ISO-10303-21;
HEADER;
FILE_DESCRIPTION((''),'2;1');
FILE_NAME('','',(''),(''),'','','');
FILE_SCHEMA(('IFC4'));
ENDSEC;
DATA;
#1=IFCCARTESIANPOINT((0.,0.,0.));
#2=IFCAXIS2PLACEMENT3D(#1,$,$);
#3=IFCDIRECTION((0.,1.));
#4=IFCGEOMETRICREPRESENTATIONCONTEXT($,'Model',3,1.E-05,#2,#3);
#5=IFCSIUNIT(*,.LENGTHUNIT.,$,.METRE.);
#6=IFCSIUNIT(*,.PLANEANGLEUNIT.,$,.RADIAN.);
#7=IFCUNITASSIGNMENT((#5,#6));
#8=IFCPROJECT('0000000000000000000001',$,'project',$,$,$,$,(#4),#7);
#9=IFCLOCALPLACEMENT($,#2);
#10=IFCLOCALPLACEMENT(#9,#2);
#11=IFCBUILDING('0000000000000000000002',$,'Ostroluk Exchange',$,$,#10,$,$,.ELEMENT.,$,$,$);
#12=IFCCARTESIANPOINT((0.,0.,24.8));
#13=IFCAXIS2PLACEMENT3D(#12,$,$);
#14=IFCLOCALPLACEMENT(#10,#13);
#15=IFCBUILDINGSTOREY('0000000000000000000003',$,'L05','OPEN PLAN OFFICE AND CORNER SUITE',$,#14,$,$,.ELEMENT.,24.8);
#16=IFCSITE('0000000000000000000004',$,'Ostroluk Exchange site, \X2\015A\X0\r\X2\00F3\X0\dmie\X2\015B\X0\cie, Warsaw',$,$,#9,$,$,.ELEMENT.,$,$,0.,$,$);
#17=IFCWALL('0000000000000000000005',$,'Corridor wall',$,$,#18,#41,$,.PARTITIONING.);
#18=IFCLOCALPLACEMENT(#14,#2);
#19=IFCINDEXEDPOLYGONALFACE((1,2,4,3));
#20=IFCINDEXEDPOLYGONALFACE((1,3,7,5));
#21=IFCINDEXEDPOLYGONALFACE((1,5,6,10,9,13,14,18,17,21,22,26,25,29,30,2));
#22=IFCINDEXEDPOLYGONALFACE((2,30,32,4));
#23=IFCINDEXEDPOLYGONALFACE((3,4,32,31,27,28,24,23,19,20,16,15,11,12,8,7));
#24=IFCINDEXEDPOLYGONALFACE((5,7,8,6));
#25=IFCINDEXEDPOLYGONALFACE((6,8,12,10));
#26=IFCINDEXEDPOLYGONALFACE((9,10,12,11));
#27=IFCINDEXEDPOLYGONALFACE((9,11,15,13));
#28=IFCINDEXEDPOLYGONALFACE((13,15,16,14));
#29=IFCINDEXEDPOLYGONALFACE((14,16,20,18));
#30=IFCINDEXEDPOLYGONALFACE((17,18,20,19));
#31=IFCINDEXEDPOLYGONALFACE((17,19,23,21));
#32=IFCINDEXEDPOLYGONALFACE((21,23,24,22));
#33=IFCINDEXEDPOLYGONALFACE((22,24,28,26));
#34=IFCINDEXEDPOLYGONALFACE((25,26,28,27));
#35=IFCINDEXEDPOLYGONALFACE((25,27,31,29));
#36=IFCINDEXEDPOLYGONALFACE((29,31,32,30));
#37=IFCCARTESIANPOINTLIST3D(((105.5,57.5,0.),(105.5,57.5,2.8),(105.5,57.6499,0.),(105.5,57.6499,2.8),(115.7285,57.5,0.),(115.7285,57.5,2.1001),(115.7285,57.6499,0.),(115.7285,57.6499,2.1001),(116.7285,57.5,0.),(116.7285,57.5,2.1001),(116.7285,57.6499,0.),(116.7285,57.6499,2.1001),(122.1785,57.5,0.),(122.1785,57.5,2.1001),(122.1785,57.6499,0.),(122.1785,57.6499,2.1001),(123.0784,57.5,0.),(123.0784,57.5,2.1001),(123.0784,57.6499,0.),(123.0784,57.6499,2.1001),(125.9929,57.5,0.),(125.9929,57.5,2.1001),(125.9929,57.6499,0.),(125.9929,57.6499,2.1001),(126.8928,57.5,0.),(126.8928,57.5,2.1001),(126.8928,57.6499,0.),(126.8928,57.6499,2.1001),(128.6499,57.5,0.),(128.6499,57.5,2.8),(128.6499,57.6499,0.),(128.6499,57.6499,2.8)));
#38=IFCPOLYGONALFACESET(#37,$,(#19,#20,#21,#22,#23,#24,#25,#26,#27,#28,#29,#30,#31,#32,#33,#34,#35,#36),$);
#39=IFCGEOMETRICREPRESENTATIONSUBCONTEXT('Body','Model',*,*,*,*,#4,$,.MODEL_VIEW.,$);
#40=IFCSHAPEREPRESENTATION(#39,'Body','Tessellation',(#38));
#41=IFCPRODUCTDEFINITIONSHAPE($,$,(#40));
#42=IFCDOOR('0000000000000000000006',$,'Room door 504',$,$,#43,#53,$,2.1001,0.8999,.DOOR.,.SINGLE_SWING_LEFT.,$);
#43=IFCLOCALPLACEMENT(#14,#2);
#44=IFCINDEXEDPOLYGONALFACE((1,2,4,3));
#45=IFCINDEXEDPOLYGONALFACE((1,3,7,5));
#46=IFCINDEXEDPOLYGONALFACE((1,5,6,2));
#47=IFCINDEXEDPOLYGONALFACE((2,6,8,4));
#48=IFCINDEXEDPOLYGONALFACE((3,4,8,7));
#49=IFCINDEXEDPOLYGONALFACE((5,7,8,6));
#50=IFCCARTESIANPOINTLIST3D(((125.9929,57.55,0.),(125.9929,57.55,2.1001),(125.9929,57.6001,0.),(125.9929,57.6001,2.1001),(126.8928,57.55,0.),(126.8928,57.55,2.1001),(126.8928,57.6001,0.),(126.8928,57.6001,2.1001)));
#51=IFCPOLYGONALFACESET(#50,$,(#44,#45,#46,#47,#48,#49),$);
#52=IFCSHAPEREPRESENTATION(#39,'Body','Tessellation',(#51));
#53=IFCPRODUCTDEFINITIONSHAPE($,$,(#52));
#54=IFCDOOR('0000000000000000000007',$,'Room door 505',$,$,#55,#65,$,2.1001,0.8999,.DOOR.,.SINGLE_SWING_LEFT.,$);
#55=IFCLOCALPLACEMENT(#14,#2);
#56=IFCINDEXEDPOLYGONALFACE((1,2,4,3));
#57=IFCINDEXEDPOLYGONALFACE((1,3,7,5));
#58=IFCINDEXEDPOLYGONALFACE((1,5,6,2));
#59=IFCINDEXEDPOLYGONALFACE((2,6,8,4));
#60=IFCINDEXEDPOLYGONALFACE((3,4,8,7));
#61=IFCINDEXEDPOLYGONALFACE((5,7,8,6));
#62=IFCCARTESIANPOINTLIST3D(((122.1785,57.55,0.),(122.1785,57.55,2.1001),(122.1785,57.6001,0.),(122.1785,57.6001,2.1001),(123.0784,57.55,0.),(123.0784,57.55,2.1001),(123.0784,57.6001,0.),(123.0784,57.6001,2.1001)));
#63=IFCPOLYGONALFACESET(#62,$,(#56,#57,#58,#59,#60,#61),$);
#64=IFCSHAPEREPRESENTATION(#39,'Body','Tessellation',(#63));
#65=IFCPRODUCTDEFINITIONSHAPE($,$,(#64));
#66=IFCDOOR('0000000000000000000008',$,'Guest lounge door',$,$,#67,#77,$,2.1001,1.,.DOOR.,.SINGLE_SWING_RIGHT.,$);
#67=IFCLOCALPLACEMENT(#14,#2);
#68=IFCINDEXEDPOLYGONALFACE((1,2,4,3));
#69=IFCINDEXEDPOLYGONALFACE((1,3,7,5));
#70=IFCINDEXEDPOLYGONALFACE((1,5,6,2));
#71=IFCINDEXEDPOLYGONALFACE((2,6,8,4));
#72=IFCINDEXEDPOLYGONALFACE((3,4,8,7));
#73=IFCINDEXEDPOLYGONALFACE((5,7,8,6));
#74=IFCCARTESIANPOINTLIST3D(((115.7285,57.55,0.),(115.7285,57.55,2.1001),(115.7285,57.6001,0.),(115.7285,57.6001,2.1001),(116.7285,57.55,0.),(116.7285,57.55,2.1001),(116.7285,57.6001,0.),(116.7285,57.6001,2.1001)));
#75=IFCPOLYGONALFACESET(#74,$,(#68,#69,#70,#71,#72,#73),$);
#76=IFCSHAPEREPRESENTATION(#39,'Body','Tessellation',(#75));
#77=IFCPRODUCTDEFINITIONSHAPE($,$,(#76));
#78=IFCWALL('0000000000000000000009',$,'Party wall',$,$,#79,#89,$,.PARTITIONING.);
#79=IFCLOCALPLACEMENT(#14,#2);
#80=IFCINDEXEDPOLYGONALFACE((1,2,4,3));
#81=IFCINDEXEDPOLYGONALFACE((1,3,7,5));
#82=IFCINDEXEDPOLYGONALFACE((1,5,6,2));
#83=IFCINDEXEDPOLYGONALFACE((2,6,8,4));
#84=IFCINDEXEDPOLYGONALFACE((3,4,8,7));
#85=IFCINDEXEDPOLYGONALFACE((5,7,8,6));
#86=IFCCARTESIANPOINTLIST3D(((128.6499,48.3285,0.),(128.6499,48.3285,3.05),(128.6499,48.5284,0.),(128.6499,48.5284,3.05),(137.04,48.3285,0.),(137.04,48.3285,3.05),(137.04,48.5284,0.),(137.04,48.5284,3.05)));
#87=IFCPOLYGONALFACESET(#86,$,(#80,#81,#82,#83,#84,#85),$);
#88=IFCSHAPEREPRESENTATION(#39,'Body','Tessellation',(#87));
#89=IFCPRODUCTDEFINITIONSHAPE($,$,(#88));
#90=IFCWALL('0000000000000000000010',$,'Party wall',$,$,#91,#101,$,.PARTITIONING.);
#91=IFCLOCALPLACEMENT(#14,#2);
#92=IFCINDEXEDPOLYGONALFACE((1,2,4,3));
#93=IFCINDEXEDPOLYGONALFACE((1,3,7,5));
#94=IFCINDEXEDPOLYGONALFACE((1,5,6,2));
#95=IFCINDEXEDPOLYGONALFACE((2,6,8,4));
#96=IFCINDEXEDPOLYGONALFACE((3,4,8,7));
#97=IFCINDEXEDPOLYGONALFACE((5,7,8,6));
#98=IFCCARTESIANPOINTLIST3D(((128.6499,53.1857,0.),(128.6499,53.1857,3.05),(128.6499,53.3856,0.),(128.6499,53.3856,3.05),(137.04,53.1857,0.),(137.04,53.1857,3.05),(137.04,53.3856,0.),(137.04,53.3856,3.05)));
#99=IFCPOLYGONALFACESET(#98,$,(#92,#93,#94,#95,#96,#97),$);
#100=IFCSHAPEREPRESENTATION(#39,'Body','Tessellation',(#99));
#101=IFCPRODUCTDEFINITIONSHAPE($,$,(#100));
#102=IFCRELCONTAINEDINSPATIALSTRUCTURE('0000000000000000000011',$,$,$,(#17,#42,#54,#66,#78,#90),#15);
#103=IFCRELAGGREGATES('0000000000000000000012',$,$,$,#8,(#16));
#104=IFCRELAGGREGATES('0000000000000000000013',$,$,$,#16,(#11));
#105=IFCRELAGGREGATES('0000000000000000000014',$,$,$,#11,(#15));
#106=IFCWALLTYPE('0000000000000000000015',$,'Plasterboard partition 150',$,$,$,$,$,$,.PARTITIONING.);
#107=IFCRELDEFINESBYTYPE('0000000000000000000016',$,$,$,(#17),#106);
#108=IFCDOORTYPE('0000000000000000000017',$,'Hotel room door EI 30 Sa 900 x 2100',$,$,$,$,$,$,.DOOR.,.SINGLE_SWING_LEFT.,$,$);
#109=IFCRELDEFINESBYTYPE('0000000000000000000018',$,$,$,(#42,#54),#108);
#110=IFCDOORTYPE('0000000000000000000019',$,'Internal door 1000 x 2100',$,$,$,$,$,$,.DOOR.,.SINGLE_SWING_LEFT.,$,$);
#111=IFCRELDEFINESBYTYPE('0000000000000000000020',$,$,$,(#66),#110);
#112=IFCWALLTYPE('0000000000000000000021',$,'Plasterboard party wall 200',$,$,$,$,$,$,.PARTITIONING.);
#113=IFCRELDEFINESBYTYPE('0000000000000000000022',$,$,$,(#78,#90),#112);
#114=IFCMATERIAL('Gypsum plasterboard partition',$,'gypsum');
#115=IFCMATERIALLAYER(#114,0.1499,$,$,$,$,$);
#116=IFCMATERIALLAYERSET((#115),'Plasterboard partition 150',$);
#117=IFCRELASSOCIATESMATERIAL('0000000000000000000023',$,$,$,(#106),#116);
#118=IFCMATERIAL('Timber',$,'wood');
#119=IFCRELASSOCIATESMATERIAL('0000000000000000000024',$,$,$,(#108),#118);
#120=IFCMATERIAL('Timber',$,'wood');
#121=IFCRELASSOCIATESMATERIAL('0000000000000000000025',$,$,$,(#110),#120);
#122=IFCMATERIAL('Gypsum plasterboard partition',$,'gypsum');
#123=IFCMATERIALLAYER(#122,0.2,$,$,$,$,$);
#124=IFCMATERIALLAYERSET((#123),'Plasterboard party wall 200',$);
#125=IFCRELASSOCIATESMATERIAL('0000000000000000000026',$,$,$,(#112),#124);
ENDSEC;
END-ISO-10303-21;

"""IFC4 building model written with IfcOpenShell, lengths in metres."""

from ifc_helpers import new_model, si_unit, direction, frame, frame_2d, origin, place, context, subcontext, project, spatial, rectangle, extrude, material, layer, layer_set, type_object, element, fill, save


model = new_model("IFC4")

# Units and contexts
model_context = context("Model", 3, precision=1e-05, world=origin(), true_north=direction((0.0, 1.0)))
body_context = subcontext(model_context, "Body", "Model", "MODEL_VIEW")
ifc_project = project(units=[si_unit("LENGTHUNIT", "METRE"), si_unit("PLANEANGLEUNIT", "RADIAN")], contexts=[model_context])

# Site, building, storey
site_placement = place(None, origin())
site = spatial("IfcSite", under=ifc_project, at=site_placement, Name="Ostroluk Exchange site, Śródmieście, Warsaw", CompositionType="ELEMENT", RefElevation=0.0)
building_placement = place(site_placement, origin())
building = spatial("IfcBuilding", under=site, at=building_placement, Name="Ostroluk Exchange", CompositionType="ELEMENT")
storey_placement = place(building_placement, frame((0.0, 0.0, 24.8)))
storey = spatial("IfcBuildingStorey", under=building, at=storey_placement, Name="L05", Description="OPEN PLAN OFFICE AND CORNER SUITE", CompositionType="ELEMENT", Elevation=24.8)

# Wall, openings, doors
ifc_material_1 = material(Name="Gypsum plasterboard partition", Category="gypsum")
ifc_layer_1 = layer(ifc_material_1, 0.1499)
ifc_layer_set_1 = layer_set([ifc_layer_1], Name="Plasterboard partition 150")
wall_type_1 = type_object("IfcWallType", Name="Plasterboard partition 150", PredefinedType="PARTITIONING", material=ifc_layer_set_1)
wall_1_placement = place(storey_placement, frame((128.6499, 57.575, 0.0), z_axis=(0.0, 0.0, 1.0), x_axis=(-1.0, 0.0, 0.0)))
wall_1 = element("IfcWall", 1, at=wall_1_placement, inside=storey, type_object=wall_type_1, Name="Corridor wall", PredefinedType="PARTITIONING", context=body_context, shape_type="SweptSolid", body=[
    extrude(rectangle(XDim=23.1499, YDim=0.1499, at=frame_2d((11.575, 0.0))), origin(), (0.0, 0.0, 1.0), 2.8),
])
opening_1_placement = place(wall_1_placement, frame((1.7571, 0.0, 0.0)))
opening_1 = element("IfcOpeningElement", 2, at=opening_1_placement, cuts=wall_1, PredefinedType="OPENING", context=body_context, shape_type="SweptSolid", body=[
    extrude(rectangle(XDim=0.8999, YDim=2.1001, at=frame_2d((0.45, 1.05))), frame((0.0, 0.085, 0.0), z_axis=(0.0, -1.0, 0.0), x_axis=(1.0, 0.0, 0.0)), (0.0, 0.0, 1.0), 0.1699),
])
opening_2_placement = place(wall_1_placement, frame((5.5715, 0.0, 0.0)))
opening_2 = element("IfcOpeningElement", 3, at=opening_2_placement, cuts=wall_1, PredefinedType="OPENING", context=body_context, shape_type="SweptSolid", body=[
    extrude(rectangle(XDim=0.8999, YDim=2.1001, at=frame_2d((0.45, 1.05))), frame((0.0, 0.085, 0.0), z_axis=(0.0, -1.0, 0.0), x_axis=(1.0, 0.0, 0.0)), (0.0, 0.0, 1.0), 0.1699),
])
opening_3_placement = place(wall_1_placement, frame((11.9214, 0.0, 0.0)))
opening_3 = element("IfcOpeningElement", 4, at=opening_3_placement, cuts=wall_1, PredefinedType="OPENING", context=body_context, shape_type="SweptSolid", body=[
    extrude(rectangle(XDim=1.0, YDim=2.1001, at=frame_2d((0.5, 1.05))), frame((0.0, 0.085, 0.0), z_axis=(0.0, -1.0, 0.0), x_axis=(1.0, 0.0, 0.0)), (0.0, 0.0, 1.0), 0.1699),
])
ifc_material_2 = material(Name="Timber", Category="wood")
door_type_1 = type_object("IfcDoorType", Name="Hotel room door EI 30 Sa 900 x 2100", OperationType="SINGLE_SWING_LEFT", PredefinedType="DOOR", material=ifc_material_2)
door_1_placement = place(opening_1_placement, origin())
door_1 = element("IfcDoor", 5, at=door_1_placement, inside=storey, type_object=door_type_1, Name="Room door 504", OperationType="SINGLE_SWING_LEFT", OverallHeight=2.1001, OverallWidth=0.8999, PredefinedType="DOOR", context=body_context, shape_type="SweptSolid", body=[
    extrude(rectangle(XDim=0.8999, YDim=2.1001, at=frame_2d((0.45, 1.05))), frame((0.0, 0.0249, 0.0), z_axis=(0.0, -1.0, 0.0), x_axis=(1.0, 0.0, 0.0)), (0.0, 0.0, 1.0), 0.05),
])
fill(opening_1, door_1)
door_2_placement = place(opening_2_placement, origin())
door_2 = element("IfcDoor", 6, at=door_2_placement, inside=storey, type_object=door_type_1, Name="Room door 505", OperationType="SINGLE_SWING_LEFT", OverallHeight=2.1001, OverallWidth=0.8999, PredefinedType="DOOR", context=body_context, shape_type="SweptSolid", body=[
    extrude(rectangle(XDim=0.8999, YDim=2.1001, at=frame_2d((0.45, 1.05))), frame((0.0, 0.0249, 0.0), z_axis=(0.0, -1.0, 0.0), x_axis=(1.0, 0.0, 0.0)), (0.0, 0.0, 1.0), 0.05),
])
fill(opening_2, door_2)
ifc_material_3 = material(Name="Timber", Category="wood")
door_type_2 = type_object("IfcDoorType", Name="Internal door 1000 x 2100", OperationType="SINGLE_SWING_LEFT", PredefinedType="DOOR", material=ifc_material_3)
door_3_placement = place(opening_3_placement, origin())
door_3 = element("IfcDoor", 7, at=door_3_placement, inside=storey, type_object=door_type_2, Name="Guest lounge door", OperationType="SINGLE_SWING_RIGHT", OverallHeight=2.1001, OverallWidth=1.0, PredefinedType="DOOR", context=body_context, shape_type="SweptSolid", body=[
    extrude(rectangle(XDim=1.0, YDim=2.1001, at=frame_2d((0.5, 1.05))), frame((0.0, 0.0249, 0.0), z_axis=(0.0, -1.0, 0.0), x_axis=(1.0, 0.0, 0.0)), (0.0, 0.0, 1.0), 0.05),
])
fill(opening_3, door_3)

# Walls
ifc_material_4 = material(Name="Gypsum plasterboard partition", Category="gypsum")
ifc_layer_2 = layer(ifc_material_4, 0.2)
ifc_layer_set_2 = layer_set([ifc_layer_2], Name="Plasterboard party wall 200")
wall_type_2 = type_object("IfcWallType", Name="Plasterboard party wall 200", PredefinedType="PARTITIONING", material=ifc_layer_set_2)
for number, where, z_axis, x_axis, name in (
    (8, (128.6499, 48.4285, 0.0), (0.0, 0.0, 1.0), (1.0, 0.0, 0.0), "Party wall"),
    (9, (128.6499, 53.2856, 0.0), (0.0, 0.0, 1.0), (1.0, 0.0, 0.0), "Party wall"),
):
    element("IfcWall", number, at=place(storey_placement, frame(where, z_axis=z_axis, x_axis=x_axis)), inside=storey, type_object=wall_type_2, Name=name, PredefinedType="PARTITIONING", context=body_context, shape_type="SweptSolid", body=[
        extrude(rectangle(XDim=8.3901, YDim=0.2, at=frame_2d((4.1951, 0.0))), origin(), (0.0, 0.0, 1.0), 3.05),
    ])

save(model, "model.ifc")
